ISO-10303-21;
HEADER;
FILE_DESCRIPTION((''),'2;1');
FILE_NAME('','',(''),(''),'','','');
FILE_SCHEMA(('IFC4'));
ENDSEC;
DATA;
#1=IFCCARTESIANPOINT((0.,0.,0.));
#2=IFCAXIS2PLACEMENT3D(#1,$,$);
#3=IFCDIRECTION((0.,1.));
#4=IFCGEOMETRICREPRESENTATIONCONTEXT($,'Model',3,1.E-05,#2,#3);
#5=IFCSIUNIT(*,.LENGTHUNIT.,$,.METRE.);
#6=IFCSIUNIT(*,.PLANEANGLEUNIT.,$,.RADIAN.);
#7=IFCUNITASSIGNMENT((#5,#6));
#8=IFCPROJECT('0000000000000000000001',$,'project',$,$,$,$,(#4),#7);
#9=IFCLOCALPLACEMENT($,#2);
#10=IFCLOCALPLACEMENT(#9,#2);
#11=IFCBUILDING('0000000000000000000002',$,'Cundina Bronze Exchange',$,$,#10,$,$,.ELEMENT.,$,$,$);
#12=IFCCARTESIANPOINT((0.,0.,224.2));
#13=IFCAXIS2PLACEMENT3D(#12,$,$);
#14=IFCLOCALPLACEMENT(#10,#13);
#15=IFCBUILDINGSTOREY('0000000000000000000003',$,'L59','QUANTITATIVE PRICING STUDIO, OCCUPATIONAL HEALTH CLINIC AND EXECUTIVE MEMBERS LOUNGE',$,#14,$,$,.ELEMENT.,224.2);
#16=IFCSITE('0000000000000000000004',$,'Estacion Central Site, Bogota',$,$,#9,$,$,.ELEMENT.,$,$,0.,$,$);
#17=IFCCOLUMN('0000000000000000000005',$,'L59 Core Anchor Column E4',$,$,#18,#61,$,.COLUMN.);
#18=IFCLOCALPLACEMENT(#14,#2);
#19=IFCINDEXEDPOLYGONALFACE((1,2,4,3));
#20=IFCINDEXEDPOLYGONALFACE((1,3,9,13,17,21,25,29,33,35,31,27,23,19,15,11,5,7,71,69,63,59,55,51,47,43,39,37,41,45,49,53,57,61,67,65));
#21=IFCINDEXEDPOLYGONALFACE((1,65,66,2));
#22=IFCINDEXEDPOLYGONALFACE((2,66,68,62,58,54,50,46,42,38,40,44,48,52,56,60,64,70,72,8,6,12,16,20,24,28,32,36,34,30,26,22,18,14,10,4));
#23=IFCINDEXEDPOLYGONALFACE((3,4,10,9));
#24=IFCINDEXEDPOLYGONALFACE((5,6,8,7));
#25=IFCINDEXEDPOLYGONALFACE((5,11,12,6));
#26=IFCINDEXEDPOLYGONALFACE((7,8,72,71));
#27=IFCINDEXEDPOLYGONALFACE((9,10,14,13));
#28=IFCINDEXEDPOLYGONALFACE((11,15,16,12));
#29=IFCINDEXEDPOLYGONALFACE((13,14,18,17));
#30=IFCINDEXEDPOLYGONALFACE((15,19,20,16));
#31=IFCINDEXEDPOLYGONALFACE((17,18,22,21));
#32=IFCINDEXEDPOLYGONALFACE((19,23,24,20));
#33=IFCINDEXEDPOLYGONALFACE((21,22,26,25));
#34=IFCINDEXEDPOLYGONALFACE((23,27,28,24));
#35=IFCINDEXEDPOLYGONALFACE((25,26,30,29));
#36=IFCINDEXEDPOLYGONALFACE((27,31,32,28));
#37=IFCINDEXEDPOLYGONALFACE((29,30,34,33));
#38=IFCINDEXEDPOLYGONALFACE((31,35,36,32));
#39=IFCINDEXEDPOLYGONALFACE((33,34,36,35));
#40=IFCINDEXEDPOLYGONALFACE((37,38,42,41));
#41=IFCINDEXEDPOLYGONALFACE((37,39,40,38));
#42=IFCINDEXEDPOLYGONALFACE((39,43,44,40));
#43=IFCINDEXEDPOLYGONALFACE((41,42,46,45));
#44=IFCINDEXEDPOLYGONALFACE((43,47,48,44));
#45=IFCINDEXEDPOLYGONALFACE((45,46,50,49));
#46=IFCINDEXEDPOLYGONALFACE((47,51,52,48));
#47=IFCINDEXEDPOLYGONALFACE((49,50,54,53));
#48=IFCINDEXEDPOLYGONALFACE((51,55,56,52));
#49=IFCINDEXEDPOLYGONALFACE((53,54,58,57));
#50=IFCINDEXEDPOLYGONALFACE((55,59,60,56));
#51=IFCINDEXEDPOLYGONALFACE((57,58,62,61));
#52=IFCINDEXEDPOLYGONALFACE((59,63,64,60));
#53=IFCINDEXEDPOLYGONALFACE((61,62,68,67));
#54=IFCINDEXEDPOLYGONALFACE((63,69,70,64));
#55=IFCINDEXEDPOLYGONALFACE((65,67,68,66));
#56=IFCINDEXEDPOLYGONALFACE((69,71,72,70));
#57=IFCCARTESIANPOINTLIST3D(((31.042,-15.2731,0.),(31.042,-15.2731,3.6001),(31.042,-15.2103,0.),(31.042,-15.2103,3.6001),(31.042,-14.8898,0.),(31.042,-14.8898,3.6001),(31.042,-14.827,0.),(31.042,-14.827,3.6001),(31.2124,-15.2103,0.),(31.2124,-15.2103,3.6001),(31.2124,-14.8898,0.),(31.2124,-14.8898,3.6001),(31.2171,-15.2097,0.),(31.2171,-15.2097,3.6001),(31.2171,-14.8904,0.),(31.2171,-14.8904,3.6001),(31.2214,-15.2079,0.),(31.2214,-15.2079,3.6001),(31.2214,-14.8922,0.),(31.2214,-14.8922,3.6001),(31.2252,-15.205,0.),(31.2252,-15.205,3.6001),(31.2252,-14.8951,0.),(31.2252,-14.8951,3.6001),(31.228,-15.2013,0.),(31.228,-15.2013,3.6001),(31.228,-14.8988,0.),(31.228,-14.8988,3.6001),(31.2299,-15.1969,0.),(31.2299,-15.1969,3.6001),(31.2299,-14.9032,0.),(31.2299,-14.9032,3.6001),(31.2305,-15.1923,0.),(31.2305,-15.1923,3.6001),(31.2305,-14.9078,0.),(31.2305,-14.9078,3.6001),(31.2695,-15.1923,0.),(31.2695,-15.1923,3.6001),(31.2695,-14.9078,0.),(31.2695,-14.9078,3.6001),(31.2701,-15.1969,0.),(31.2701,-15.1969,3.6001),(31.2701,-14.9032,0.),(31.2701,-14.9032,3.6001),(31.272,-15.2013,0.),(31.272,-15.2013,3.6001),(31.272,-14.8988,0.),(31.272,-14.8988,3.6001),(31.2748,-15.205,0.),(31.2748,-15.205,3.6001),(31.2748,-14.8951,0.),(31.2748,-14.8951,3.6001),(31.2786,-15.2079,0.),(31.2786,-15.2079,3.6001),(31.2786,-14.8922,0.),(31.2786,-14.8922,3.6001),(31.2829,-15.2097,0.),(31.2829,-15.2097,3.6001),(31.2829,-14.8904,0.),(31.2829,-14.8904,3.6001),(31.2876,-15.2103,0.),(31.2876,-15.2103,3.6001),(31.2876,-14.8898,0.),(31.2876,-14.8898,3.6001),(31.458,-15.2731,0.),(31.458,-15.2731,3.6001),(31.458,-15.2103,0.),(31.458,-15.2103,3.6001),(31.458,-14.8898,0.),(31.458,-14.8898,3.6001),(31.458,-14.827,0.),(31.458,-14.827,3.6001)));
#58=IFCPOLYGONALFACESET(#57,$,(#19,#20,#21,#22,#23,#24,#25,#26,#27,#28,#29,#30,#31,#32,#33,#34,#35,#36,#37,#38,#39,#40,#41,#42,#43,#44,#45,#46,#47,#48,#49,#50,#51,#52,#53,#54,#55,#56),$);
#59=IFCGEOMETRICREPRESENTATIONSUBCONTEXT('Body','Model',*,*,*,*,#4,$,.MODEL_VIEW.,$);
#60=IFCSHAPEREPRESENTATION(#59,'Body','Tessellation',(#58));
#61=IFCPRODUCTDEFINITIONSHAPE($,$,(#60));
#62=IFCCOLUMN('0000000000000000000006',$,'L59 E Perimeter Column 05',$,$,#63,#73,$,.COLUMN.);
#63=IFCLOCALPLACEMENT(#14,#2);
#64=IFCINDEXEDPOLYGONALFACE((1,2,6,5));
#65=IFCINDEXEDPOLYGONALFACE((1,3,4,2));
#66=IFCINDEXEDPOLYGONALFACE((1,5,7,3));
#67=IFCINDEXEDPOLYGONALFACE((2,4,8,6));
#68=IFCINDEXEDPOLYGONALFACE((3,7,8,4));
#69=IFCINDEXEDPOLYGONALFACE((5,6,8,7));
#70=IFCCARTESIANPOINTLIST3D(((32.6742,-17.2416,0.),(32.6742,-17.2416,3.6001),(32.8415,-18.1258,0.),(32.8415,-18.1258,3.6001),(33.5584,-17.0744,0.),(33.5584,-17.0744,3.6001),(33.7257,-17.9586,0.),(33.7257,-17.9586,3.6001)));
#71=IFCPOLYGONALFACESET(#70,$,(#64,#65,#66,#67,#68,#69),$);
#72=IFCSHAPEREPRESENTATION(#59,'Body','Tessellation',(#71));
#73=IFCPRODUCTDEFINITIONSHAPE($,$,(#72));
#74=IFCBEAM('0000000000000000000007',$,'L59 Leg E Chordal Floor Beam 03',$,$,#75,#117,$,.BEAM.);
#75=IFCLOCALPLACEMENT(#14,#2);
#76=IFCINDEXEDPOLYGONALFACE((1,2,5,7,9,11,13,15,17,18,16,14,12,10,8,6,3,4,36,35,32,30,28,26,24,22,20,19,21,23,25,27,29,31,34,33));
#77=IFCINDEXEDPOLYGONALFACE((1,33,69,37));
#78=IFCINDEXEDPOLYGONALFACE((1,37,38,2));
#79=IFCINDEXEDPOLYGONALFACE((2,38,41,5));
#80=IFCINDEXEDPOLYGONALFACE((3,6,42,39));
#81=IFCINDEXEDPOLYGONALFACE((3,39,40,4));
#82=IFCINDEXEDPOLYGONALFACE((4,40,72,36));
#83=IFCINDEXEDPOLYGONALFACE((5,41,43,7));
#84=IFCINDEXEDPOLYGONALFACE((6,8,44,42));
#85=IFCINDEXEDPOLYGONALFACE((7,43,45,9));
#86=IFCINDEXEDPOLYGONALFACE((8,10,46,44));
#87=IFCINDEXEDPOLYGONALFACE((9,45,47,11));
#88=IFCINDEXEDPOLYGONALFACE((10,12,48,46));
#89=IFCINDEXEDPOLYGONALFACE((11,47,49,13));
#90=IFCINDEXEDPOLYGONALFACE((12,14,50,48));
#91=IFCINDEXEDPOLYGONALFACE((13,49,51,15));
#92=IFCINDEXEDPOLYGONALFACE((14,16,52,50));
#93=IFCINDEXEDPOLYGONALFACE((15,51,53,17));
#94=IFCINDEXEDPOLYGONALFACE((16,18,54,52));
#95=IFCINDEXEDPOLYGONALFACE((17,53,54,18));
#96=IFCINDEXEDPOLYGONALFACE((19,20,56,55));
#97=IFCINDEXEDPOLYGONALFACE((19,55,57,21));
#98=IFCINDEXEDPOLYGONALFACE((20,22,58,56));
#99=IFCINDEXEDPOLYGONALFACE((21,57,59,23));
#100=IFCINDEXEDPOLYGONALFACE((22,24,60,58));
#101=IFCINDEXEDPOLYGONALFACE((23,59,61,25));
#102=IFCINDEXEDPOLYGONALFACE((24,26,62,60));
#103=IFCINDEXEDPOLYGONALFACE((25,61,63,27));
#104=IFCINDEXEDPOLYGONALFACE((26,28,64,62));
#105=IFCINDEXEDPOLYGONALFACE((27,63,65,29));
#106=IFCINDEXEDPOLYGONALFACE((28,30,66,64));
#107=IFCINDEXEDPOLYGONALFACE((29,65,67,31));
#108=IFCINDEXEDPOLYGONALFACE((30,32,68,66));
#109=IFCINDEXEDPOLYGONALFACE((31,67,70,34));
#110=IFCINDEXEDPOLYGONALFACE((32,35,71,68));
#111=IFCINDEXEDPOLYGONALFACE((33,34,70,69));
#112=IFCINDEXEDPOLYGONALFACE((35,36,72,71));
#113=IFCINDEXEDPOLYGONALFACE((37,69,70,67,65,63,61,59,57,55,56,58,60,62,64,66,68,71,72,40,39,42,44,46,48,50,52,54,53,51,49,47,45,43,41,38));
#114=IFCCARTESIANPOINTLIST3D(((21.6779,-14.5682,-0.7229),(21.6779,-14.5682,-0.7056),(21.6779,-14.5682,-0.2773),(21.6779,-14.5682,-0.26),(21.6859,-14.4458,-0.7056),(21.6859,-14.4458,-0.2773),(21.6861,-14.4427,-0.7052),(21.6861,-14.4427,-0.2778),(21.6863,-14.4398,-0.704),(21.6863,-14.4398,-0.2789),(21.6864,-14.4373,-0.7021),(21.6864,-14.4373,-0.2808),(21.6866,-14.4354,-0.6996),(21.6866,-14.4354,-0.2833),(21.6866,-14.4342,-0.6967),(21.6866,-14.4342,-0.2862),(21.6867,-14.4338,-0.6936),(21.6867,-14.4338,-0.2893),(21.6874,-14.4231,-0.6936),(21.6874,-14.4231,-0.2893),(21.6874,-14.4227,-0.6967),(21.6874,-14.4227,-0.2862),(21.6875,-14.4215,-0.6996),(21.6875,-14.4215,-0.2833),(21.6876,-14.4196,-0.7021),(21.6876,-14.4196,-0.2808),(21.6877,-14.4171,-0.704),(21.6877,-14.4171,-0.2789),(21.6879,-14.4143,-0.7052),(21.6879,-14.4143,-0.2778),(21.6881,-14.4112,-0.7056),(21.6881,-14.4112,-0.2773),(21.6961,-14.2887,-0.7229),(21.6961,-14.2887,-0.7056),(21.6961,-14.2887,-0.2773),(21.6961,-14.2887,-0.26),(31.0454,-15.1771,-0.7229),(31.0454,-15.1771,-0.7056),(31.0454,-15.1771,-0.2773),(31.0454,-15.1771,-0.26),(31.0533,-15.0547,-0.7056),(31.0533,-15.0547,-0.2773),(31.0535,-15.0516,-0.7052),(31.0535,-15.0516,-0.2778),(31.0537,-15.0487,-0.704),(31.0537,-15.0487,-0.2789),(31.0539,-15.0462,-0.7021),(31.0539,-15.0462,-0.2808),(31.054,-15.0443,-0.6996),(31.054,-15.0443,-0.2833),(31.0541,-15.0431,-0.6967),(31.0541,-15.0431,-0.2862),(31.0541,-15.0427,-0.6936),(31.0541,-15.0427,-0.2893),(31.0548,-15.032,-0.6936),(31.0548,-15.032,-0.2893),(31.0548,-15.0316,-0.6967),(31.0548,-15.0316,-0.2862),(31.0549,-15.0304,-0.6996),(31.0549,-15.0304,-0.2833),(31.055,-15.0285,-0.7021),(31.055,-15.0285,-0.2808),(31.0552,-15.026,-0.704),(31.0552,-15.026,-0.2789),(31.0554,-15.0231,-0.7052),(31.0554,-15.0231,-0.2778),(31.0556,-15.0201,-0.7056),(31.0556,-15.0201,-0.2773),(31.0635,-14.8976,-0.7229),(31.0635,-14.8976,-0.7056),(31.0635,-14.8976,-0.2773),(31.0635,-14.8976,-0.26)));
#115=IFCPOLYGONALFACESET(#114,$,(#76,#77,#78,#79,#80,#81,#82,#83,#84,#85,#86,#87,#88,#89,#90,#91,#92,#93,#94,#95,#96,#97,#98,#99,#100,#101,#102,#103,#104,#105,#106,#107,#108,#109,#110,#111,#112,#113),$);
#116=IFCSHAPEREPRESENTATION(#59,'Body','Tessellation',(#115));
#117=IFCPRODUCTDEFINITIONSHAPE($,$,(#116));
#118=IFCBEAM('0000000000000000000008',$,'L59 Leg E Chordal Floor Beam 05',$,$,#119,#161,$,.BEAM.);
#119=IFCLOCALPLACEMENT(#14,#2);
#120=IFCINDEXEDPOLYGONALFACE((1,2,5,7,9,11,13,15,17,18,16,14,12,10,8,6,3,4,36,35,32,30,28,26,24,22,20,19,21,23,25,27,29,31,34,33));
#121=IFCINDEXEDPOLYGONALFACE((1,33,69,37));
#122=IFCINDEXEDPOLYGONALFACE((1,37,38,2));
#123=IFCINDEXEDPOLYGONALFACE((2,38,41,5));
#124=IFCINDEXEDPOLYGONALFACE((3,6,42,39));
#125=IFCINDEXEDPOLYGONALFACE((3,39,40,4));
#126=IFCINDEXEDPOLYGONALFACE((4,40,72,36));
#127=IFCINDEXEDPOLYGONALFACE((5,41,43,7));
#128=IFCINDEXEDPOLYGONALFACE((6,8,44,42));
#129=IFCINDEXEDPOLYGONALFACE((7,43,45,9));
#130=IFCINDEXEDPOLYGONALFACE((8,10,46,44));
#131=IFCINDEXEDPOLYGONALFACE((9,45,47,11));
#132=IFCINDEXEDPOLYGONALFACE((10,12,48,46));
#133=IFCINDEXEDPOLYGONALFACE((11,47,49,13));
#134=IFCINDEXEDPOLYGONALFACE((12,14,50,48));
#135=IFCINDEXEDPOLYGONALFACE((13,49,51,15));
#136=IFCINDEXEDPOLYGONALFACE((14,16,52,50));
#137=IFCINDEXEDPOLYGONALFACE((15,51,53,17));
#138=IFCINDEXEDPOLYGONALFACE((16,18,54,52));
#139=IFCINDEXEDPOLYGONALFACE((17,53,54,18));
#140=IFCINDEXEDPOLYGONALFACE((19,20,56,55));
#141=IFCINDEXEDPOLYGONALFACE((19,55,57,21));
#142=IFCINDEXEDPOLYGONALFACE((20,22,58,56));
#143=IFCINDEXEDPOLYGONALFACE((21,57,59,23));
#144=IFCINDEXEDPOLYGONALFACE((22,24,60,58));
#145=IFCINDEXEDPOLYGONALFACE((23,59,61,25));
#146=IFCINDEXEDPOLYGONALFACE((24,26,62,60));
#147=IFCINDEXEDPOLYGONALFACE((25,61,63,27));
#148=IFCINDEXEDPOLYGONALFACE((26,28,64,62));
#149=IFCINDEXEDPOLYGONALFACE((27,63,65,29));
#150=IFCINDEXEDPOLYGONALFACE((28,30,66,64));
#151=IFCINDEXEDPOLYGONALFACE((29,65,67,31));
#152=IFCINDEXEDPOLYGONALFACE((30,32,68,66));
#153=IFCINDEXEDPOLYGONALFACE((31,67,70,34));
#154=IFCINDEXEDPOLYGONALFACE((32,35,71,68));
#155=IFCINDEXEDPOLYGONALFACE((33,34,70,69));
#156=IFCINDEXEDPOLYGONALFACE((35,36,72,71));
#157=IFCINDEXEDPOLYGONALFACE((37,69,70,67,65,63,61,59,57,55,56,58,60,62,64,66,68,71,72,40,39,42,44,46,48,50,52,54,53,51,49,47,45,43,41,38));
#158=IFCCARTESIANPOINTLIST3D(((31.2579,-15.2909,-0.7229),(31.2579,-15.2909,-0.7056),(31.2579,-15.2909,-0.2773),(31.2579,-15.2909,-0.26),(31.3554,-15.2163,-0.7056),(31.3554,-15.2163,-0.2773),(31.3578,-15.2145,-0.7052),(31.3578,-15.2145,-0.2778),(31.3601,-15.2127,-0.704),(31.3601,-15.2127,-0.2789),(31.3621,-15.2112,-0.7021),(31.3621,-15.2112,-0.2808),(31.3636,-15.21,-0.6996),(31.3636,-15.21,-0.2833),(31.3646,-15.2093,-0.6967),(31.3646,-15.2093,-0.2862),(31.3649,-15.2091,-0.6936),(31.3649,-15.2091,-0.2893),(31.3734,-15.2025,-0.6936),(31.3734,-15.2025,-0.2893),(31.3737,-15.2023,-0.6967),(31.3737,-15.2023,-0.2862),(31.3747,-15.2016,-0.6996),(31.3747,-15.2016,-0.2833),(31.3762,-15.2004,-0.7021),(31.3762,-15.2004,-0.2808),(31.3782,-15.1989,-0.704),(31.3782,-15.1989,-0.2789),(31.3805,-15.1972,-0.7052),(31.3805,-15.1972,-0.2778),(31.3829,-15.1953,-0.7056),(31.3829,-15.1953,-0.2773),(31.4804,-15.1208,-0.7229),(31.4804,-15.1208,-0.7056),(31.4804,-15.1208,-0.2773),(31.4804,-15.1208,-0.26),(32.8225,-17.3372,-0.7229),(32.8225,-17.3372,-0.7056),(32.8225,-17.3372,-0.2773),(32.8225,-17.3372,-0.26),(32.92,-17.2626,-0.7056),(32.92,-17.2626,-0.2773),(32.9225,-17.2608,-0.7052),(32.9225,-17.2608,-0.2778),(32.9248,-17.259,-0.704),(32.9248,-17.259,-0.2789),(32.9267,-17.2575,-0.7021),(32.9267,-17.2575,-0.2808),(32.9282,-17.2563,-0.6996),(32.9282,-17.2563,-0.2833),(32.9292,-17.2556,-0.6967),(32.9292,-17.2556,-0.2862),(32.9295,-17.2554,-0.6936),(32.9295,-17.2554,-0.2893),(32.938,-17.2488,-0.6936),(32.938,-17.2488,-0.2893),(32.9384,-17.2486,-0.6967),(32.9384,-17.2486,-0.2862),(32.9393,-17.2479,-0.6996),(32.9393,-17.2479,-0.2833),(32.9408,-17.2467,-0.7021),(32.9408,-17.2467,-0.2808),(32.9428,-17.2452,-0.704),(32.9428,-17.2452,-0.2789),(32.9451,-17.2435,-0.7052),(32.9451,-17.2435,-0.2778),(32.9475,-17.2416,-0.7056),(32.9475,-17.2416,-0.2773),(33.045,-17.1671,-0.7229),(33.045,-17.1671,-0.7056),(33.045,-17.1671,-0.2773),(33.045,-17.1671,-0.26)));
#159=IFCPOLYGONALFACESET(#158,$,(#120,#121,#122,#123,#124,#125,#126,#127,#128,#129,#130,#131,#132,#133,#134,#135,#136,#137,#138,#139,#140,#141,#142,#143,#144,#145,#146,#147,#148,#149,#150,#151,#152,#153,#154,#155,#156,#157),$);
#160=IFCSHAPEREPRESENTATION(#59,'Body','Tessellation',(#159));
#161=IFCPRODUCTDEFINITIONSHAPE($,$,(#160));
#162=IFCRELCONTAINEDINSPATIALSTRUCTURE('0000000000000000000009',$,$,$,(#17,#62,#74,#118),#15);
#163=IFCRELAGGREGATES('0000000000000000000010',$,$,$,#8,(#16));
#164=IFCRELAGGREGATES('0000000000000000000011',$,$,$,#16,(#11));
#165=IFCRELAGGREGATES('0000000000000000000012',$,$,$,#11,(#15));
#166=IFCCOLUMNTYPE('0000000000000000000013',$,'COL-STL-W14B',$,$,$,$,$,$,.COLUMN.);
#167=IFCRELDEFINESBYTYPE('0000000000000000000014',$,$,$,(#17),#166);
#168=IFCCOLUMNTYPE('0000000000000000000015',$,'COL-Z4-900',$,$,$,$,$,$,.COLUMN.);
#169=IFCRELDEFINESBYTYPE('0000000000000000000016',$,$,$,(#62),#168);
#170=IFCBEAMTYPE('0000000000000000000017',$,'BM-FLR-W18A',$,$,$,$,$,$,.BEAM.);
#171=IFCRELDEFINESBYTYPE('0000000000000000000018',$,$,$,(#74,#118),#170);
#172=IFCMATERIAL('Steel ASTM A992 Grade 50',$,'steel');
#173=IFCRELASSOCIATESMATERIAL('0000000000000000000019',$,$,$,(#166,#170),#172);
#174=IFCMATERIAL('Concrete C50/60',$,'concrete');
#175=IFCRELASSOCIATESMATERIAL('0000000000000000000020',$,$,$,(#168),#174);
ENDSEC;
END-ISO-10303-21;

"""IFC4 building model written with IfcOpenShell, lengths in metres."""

from ifc_helpers import new_model, si_unit, direction, frame, origin, origin_2d, place, context, subcontext, project, spatial, rectangle, i_section, extrude, material, material_profile, profile_set, type_object, element, save


model = new_model("IFC4")

# Units and contexts
model_context = context("Model", 3, precision=1e-05, world=origin(), true_north=direction((0.0, 1.0)))
body_context = subcontext(model_context, "Body", "Model", "MODEL_VIEW")
ifc_project = project(units=[si_unit("LENGTHUNIT", "METRE"), si_unit("PLANEANGLEUNIT", "RADIAN")], contexts=[model_context])

# Site, building, storey
site_placement = place(None, origin())
site = spatial("IfcSite", under=ifc_project, at=site_placement, Name="Estacion Central Site, Bogota", CompositionType="ELEMENT", RefElevation=0.0)
building_placement = place(site_placement, origin())
building = spatial("IfcBuilding", under=site, at=building_placement, Name="Cundina Bronze Exchange", CompositionType="ELEMENT")
storey_placement = place(building_placement, frame((0.0, 0.0, 224.2)))
storey = spatial("IfcBuildingStorey", under=building, at=storey_placement, Name="L59", Description="QUANTITATIVE PRICING STUDIO, OCCUPATIONAL HEALTH CLINIC AND EXECUTIVE MEMBERS LOUNGE", CompositionType="ELEMENT", Elevation=224.2)

# Columns
ifc_material_1 = material(Name="Steel ASTM A992 Grade 50", Category="steel")
ifc_material_profile_1 = material_profile(ifc_material_1, i_section(OverallWidth=0.416, OverallDepth=0.446, WebThickness=0.0391, FlangeThickness=0.0627, FilletRadius=0.0181, at=origin_2d()), Name="W14X342", Category="steel")
ifc_profile_set_1 = profile_set([ifc_material_profile_1], Name="Steel ASTM A992 Grade 50")
column_type_1 = type_object("IfcColumnType", Name="COL-STL-W14B", PredefinedType="COLUMN", material=ifc_profile_set_1)
column_1_placement = place(storey_placement, frame((31.25, -15.05, 0.0), z_axis=(0.0, 0.0, 1.0), x_axis=(1.0, 0.0, 0.0)))
element("IfcColumn", 1, at=column_1_placement, inside=storey, type_object=column_type_1, Name="L59 Core Anchor Column E4", PredefinedType="COLUMN", context=body_context, shape_type="SweptSolid", body=[
    extrude(i_section(OverallWidth=0.416, OverallDepth=0.446, WebThickness=0.0391, FlangeThickness=0.0627, FilletRadius=0.0181, at=origin_2d()), origin(), (0.0, 0.0, 1.0), 3.6001),
])
ifc_material_2 = material(Name="Concrete C50/60", Category="concrete")
ifc_material_profile_2 = material_profile(ifc_material_2, rectangle(XDim=0.8999, YDim=0.8999, at=origin_2d()), Name="RC900X900", Category="concrete")
ifc_profile_set_2 = profile_set([ifc_material_profile_2], Name="Concrete C50/60")
column_type_2 = type_object("IfcColumnType", Name="COL-Z4-900", PredefinedType="COLUMN", material=ifc_profile_set_2)
column_2_placement = place(storey_placement, frame((33.2, -17.6001, 0.0), z_axis=(0.0, 0.0, 1.0), x_axis=(0.98258, 0.185838, 0.0)))
element("IfcColumn", 2, at=column_2_placement, inside=storey, type_object=column_type_2, Name="L59 E Perimeter Column 05", PredefinedType="COLUMN", context=body_context, shape_type="SweptSolid", body=[
    extrude(rectangle(XDim=0.8999, YDim=0.8999, at=origin_2d()), origin(), (0.0, 0.0, 1.0), 3.6001),
])

# Beams
ifc_material_profile_3 = material_profile(ifc_material_1, i_section(OverallWidth=0.28, OverallDepth=0.4629, WebThickness=0.0107, FlangeThickness=0.0173, FilletRadius=0.012, at=origin_2d()), Name="W18X76", Category="steel")
ifc_profile_set_3 = profile_set([ifc_material_profile_3], Name="Steel ASTM A992 Grade 50")
beam_type_1 = type_object("IfcBeamType", Name="BM-FLR-W18A", PredefinedType="BEAM", material=ifc_profile_set_3)
beam_1_placement = place(storey_placement, frame((31.0544, -15.0374, -0.4915), z_axis=(-0.997894, 0.064864, 0.0), x_axis=(-0.064864, -0.997894, 0.0)))
element("IfcBeam", 3, at=beam_1_placement, inside=storey, type_object=beam_type_1, Name="L59 Leg E Chordal Floor Beam 03", PredefinedType="BEAM", context=body_context, shape_type="SweptSolid", body=[
    extrude(i_section(OverallWidth=0.28, OverallDepth=0.4629, WebThickness=0.0107, FlangeThickness=0.0173, FilletRadius=0.012, at=origin_2d()), origin(), (0.0, 0.0, 1.0), 9.3872),
])
beam_2_placement = place(storey_placement, frame((31.3691, -15.2058, -0.4915), z_axis=(0.607404, -0.794393, 0.0), x_axis=(0.794393, 0.607404, 0.0)))
element("IfcBeam", 4, at=beam_2_placement, inside=storey, type_object=beam_type_1, Name="L59 Leg E Chordal Floor Beam 05", PredefinedType="BEAM", context=body_context, shape_type="SweptSolid", body=[
    extrude(i_section(OverallWidth=0.28, OverallDepth=0.4629, WebThickness=0.0107, FlangeThickness=0.0173, FilletRadius=0.012, at=origin_2d()), origin(), (0.0, 0.0, 1.0), 2.5759),
])

save(model, "model.ifc")
